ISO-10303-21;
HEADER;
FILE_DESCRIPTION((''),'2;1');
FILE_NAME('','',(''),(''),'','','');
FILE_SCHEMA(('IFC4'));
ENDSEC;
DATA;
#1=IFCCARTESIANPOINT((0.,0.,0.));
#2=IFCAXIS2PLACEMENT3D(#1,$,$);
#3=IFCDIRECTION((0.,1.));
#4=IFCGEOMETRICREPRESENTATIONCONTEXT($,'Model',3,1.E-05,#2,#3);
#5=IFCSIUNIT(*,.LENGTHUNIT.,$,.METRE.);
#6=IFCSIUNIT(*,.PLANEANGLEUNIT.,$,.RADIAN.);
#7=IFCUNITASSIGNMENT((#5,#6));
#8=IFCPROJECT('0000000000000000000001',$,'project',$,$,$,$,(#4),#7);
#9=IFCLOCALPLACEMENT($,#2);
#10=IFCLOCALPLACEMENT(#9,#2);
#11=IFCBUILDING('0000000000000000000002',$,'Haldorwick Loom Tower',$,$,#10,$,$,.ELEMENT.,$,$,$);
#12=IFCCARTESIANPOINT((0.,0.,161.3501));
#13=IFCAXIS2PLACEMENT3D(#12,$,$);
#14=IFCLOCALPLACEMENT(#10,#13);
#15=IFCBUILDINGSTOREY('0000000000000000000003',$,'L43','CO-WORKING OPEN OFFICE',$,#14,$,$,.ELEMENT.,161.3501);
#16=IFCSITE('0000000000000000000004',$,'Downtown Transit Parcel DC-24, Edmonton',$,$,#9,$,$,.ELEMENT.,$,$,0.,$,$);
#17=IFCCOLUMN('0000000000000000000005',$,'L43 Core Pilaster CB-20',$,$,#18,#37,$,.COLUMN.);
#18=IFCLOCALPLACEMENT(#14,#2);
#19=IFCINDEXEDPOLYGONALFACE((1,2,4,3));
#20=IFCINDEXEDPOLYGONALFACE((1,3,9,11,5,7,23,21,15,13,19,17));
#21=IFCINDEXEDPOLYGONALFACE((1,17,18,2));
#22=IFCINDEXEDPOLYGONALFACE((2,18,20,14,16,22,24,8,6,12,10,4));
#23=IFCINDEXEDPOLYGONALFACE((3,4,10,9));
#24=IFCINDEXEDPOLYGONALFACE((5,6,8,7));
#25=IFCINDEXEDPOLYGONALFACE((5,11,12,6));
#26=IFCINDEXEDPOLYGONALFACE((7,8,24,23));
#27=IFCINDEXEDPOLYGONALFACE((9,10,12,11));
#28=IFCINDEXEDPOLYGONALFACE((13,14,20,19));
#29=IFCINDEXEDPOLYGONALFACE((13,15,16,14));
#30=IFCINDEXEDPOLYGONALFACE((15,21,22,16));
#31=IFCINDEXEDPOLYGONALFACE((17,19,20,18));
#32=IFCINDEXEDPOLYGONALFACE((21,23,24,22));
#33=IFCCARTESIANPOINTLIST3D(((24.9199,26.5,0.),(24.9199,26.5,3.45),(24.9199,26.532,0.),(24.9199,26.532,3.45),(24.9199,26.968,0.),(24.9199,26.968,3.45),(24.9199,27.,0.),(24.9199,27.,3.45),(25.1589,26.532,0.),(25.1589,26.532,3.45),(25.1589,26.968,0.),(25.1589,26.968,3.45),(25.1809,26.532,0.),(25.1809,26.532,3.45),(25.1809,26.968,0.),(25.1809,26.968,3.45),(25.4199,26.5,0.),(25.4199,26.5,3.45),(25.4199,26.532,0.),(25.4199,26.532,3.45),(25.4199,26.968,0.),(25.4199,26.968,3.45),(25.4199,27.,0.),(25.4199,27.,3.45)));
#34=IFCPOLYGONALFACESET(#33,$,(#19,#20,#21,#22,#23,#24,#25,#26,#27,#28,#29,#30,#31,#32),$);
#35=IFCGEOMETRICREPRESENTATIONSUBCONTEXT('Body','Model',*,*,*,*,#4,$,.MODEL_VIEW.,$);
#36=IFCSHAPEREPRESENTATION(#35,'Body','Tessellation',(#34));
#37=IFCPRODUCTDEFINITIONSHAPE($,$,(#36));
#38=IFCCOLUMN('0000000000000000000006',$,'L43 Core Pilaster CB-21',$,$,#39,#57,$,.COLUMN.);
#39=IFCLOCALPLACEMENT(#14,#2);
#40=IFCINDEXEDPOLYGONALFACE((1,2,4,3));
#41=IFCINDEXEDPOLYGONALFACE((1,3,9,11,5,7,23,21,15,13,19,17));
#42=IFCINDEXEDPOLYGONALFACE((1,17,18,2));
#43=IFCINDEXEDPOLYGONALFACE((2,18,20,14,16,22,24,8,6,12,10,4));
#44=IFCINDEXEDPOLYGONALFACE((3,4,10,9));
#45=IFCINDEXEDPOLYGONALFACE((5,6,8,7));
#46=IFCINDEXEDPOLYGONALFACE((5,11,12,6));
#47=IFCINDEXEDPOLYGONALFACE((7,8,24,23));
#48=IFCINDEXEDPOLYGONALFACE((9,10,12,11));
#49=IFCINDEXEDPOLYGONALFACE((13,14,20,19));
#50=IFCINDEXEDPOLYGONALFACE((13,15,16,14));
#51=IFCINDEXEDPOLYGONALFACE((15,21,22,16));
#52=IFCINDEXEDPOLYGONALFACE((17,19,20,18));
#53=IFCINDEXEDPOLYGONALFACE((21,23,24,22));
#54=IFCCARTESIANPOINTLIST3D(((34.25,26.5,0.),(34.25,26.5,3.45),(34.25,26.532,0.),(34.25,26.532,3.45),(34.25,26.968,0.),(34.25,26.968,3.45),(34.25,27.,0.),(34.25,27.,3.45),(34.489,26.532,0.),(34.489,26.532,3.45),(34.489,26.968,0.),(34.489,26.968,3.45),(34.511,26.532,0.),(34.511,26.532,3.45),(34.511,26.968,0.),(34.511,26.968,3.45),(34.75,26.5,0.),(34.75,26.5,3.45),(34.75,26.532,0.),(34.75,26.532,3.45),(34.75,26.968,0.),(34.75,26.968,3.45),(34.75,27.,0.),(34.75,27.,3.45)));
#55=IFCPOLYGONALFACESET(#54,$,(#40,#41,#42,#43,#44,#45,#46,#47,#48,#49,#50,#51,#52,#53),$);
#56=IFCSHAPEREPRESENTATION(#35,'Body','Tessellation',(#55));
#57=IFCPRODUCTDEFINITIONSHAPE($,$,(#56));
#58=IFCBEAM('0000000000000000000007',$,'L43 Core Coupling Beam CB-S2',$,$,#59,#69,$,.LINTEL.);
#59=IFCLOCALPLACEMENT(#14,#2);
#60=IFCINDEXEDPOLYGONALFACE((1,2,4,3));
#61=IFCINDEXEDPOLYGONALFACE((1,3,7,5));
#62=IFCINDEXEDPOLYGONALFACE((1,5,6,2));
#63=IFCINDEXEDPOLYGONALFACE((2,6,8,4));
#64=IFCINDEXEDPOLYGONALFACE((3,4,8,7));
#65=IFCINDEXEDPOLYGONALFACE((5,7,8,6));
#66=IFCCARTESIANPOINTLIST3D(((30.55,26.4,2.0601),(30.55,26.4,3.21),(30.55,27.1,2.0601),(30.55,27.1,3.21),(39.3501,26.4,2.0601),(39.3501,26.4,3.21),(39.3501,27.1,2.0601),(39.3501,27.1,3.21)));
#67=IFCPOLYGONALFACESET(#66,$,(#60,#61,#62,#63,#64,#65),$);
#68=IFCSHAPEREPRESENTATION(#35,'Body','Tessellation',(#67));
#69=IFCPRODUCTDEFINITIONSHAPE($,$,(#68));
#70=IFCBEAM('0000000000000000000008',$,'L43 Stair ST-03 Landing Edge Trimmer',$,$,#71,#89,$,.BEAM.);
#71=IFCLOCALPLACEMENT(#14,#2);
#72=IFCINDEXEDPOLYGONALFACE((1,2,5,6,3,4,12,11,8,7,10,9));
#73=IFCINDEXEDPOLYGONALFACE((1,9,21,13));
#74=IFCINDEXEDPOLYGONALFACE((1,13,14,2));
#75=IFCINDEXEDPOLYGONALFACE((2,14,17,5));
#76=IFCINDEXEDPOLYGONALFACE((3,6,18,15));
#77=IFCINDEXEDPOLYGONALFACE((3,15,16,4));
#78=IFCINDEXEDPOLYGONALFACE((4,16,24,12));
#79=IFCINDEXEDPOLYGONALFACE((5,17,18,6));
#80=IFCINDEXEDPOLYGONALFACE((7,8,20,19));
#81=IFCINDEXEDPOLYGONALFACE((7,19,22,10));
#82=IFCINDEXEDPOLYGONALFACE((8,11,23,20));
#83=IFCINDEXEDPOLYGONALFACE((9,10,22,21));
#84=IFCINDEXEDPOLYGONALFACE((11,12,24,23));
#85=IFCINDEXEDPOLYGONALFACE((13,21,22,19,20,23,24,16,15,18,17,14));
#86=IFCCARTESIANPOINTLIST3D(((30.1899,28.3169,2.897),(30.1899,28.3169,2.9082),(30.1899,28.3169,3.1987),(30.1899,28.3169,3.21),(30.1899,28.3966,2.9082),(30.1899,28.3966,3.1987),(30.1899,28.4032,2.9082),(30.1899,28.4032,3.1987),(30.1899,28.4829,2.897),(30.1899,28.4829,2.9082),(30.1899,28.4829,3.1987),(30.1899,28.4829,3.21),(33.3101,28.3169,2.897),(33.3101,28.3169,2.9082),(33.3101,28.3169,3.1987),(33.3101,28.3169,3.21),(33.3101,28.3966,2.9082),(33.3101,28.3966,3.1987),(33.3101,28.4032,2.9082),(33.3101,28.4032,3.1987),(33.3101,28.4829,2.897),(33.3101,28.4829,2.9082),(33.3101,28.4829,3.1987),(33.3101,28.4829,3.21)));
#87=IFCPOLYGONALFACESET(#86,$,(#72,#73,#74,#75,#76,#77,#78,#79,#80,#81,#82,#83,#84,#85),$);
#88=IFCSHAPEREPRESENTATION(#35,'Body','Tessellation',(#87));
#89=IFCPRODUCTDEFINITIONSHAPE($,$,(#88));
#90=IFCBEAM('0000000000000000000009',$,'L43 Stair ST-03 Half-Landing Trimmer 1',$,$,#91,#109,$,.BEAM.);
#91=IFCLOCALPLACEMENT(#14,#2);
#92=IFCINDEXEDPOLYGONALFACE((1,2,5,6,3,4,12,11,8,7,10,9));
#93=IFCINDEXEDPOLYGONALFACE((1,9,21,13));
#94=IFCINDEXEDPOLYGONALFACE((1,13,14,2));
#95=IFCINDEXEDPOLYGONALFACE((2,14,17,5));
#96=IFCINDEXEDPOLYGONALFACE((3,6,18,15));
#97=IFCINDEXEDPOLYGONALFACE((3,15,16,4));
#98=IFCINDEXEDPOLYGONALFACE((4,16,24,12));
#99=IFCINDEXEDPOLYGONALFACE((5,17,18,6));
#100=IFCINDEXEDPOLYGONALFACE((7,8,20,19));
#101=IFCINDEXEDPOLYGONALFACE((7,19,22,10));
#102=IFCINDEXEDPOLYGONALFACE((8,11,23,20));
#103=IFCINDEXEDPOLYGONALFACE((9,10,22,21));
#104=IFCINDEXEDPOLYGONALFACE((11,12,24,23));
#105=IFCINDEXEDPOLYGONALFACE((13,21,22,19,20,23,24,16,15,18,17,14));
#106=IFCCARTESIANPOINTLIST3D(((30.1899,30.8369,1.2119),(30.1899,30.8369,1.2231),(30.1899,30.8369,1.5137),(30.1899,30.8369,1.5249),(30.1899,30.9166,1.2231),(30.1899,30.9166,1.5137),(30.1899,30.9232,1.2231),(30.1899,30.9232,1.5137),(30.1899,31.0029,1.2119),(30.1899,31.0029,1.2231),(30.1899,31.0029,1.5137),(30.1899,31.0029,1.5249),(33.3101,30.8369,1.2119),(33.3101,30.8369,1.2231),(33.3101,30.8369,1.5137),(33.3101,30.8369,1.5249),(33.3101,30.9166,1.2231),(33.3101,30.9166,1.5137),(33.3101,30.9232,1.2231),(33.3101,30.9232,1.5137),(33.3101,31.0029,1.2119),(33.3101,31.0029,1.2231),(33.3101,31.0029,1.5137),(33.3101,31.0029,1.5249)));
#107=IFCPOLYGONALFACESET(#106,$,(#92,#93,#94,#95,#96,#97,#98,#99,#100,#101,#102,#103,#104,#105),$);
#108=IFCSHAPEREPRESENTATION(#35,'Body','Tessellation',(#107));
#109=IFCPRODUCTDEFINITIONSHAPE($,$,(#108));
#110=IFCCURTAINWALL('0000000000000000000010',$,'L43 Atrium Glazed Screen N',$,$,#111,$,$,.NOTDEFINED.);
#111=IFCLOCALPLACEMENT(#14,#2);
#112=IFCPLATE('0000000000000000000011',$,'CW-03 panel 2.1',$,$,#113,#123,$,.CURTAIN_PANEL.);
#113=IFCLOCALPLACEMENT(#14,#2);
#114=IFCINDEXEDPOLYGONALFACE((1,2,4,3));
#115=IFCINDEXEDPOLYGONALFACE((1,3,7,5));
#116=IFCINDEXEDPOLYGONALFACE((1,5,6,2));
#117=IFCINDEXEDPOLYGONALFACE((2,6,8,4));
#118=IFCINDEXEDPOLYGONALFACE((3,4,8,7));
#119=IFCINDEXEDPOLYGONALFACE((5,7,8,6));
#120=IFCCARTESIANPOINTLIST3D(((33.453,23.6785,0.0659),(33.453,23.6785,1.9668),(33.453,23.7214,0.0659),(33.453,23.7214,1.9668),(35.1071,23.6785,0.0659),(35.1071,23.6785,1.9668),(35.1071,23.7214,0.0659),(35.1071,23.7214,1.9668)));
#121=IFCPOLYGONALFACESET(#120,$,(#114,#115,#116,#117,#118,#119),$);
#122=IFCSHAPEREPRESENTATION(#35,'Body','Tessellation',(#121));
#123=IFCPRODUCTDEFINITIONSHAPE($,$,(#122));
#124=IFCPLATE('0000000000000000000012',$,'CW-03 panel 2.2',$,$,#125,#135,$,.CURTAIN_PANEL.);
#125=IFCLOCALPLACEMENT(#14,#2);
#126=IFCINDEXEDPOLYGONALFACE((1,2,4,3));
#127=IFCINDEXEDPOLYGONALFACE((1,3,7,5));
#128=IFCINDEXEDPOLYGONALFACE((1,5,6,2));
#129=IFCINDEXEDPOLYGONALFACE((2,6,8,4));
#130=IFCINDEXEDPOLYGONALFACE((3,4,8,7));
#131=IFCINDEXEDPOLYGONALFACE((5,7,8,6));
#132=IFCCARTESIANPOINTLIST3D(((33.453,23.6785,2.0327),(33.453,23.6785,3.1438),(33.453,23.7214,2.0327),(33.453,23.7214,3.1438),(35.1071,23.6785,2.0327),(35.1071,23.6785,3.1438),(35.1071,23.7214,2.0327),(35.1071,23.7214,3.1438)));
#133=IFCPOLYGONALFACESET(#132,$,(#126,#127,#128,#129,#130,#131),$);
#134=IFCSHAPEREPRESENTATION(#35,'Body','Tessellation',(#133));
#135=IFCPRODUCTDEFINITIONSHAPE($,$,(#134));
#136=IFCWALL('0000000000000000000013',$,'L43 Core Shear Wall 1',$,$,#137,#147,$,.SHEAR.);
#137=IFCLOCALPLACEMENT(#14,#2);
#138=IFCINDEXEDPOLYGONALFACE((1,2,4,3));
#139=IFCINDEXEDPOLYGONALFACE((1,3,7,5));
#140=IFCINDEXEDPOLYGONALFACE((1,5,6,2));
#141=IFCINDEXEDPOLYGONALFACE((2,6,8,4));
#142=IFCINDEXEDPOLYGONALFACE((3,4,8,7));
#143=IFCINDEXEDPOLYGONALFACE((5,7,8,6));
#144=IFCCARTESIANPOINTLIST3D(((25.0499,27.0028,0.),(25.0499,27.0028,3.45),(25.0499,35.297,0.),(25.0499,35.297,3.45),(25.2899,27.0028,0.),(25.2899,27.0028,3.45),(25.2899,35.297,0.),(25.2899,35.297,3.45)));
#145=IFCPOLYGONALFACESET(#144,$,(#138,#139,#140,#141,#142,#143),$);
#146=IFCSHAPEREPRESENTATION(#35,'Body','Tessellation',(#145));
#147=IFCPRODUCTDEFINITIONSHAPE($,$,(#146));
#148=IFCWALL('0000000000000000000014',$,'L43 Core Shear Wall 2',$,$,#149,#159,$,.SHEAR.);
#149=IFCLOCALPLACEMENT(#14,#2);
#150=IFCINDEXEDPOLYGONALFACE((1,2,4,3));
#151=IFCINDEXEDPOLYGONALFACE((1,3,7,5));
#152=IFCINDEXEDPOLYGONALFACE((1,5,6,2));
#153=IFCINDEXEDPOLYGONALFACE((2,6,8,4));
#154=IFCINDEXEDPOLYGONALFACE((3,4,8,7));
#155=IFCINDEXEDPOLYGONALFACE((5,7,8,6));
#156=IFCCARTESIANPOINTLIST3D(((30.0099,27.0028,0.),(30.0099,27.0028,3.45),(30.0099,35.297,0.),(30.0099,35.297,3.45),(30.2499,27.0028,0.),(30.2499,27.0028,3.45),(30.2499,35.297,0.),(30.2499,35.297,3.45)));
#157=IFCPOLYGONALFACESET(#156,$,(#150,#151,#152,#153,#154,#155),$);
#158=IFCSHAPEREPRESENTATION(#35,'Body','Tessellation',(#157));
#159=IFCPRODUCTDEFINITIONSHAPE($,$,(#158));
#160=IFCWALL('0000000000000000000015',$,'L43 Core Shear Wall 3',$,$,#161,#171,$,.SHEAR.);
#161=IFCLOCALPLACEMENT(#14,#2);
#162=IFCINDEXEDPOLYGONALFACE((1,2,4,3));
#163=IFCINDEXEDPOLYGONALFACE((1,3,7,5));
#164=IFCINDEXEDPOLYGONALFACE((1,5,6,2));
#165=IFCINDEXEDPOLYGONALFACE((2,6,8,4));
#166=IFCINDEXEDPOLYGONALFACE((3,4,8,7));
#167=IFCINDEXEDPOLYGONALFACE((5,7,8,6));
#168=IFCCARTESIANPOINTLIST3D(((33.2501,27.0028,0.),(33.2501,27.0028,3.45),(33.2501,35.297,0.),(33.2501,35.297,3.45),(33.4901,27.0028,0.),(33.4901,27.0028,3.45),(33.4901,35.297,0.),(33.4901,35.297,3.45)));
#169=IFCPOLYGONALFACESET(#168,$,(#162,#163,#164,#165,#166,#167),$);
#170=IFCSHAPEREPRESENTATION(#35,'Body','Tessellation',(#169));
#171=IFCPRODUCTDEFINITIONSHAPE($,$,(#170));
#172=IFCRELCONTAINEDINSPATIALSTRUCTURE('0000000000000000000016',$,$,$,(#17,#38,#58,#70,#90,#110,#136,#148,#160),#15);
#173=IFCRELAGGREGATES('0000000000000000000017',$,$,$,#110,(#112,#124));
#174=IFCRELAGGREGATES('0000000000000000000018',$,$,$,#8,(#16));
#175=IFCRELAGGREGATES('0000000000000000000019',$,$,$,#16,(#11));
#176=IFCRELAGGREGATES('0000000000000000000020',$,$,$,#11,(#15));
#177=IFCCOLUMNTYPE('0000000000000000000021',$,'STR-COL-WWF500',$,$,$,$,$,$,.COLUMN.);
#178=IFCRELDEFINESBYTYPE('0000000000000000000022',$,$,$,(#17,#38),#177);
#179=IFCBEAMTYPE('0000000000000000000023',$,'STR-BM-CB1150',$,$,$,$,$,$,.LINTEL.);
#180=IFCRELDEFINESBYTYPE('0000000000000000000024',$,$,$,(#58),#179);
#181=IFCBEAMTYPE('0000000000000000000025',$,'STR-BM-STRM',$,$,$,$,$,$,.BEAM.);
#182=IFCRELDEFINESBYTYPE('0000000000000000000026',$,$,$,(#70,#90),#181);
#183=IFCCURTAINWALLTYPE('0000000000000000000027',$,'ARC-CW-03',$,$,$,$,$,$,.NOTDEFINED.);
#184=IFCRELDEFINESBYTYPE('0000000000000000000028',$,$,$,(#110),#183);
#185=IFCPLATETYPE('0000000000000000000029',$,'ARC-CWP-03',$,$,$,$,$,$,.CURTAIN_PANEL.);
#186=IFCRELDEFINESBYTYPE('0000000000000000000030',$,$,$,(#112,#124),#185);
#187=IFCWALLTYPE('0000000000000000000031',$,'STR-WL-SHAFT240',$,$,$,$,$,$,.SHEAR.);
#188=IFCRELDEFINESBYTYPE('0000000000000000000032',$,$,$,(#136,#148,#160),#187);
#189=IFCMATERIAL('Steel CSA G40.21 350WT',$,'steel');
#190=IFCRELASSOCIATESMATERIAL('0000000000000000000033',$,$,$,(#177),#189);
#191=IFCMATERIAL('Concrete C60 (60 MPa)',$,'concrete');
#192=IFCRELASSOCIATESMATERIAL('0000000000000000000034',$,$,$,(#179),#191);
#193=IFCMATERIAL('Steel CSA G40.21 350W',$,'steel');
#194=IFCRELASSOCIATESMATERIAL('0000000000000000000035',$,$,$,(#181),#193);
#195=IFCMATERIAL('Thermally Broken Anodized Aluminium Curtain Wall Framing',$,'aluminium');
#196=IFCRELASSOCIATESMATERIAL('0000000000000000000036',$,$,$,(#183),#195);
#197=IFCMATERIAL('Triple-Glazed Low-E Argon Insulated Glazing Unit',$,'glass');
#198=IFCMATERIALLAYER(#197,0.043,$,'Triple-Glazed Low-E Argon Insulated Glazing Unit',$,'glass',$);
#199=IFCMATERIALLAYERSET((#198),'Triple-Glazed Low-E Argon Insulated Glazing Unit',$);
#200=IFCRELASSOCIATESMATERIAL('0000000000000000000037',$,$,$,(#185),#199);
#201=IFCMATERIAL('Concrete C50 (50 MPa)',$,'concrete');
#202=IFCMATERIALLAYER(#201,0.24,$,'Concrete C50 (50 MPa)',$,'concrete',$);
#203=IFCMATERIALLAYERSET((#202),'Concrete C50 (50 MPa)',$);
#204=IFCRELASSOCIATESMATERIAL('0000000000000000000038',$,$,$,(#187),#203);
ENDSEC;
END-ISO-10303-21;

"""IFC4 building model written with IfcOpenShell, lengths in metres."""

from ifc_helpers import new_model, si_unit, direction, frame, frame_2d, origin, origin_2d, place, context, subcontext, project, spatial, rectangle, i_section, extrude, material, layer, layer_set, material_profile, profile_set, type_object, element, aggregate, save


model = new_model("IFC4")

# Units and contexts
model_context = context("Model", 3, precision=1e-05, world=origin(), true_north=direction((0.0, 1.0)))
body_context = subcontext(model_context, "Body", "Model", "MODEL_VIEW")
ifc_project = project(units=[si_unit("LENGTHUNIT", "METRE"), si_unit("PLANEANGLEUNIT", "RADIAN")], contexts=[model_context])

# Site, building, storey
site_placement = place(None, origin())
site = spatial("IfcSite", under=ifc_project, at=site_placement, Name="Downtown Transit Parcel DC-24, Edmonton", CompositionType="ELEMENT", RefElevation=0.0)
building_placement = place(site_placement, origin())
building = spatial("IfcBuilding", under=site, at=building_placement, Name="Haldorwick Loom Tower", CompositionType="ELEMENT")
storey_placement = place(building_placement, frame((0.0, 0.0, 161.3501)))
storey = spatial("IfcBuildingStorey", under=building, at=storey_placement, Name="L43", Description="CO-WORKING OPEN OFFICE", CompositionType="ELEMENT", Elevation=161.3501)

# Columns
ifc_material_1 = material(Name="Steel CSA G40.21 350WT", Category="steel")
ifc_material_profile_1 = material_profile(ifc_material_1, i_section(OverallWidth=0.5, OverallDepth=0.5, WebThickness=0.022, FlangeThickness=0.032, at=origin_2d()), Name="WWF500X500", Category="steel")
ifc_profile_set_1 = profile_set([ifc_material_profile_1], Name="Steel CSA G40.21 350WT")
column_type = type_object("IfcColumnType", Name="STR-COL-WWF500", PredefinedType="COLUMN", material=ifc_profile_set_1)
for number, where, z_axis, x_axis, name in (
    (1, (25.1699, 26.75, 0.0), (0.0, 0.0, 1.0), (1.0, 0.0, 0.0), "L43 Core Pilaster CB-20"),
    (2, (34.5, 26.75, 0.0), (0.0, 0.0, 1.0), (1.0, 0.0, 0.0), "L43 Core Pilaster CB-21"),
):
    element("IfcColumn", number, at=place(storey_placement, frame(where, z_axis=z_axis, x_axis=x_axis)), inside=storey, type_object=column_type, Name=name, PredefinedType="COLUMN", context=body_context, shape_type="SweptSolid", body=[
        extrude(i_section(OverallWidth=0.5, OverallDepth=0.5, WebThickness=0.022, FlangeThickness=0.032, at=origin_2d()), origin(), (0.0, 0.0, 1.0), 3.45),
    ])

# Beams
ifc_material_2 = material(Name="Concrete C60 (60 MPa)", Category="concrete")
ifc_material_profile_2 = material_profile(ifc_material_2, rectangle(XDim=0.7, YDim=1.1499, at=origin_2d()), Name="RC700X1150", Category="concrete")
ifc_profile_set_2 = profile_set([ifc_material_profile_2], Name="Concrete C60 (60 MPa)")
beam_type_1 = type_object("IfcBeamType", Name="STR-BM-CB1150", PredefinedType="LINTEL", material=ifc_profile_set_2)
beam_placement = place(storey_placement, frame((30.55, 26.75, 2.635), z_axis=(1.0, 0.0, 0.0), x_axis=(0.0, 1.0, 0.0)))
element("IfcBeam", 3, at=beam_placement, inside=storey, type_object=beam_type_1, Name="L43 Core Coupling Beam CB-S2", PredefinedType="LINTEL", context=body_context, shape_type="SweptSolid", body=[
    extrude(rectangle(XDim=0.7, YDim=1.1499, at=origin_2d()), origin(), (0.0, 0.0, 1.0), 8.8),
])
ifc_material_3 = material(Name="Steel CSA G40.21 350W", Category="steel")
ifc_material_profile_3 = material_profile(ifc_material_3, i_section(OverallWidth=0.166, OverallDepth=0.313, WebThickness=0.0066, FlangeThickness=0.0112, at=origin_2d()), Name="W310X45", Category="steel")
ifc_profile_set_3 = profile_set([ifc_material_profile_3], Name="Steel CSA G40.21 350W")
beam_type_2 = type_object("IfcBeamType", Name="STR-BM-STRM", PredefinedType="BEAM", material=ifc_profile_set_3)
for number, where, z_axis, x_axis, name in (
    (4, (30.1899, 28.3999, 3.0535), (1.0, 0.0, 0.0), (0.0, 1.0, 0.0), "L43 Stair ST-03 Landing Edge Trimmer"),
    (5, (30.1899, 30.9199, 1.3684), (1.0, 0.0, 0.0), (0.0, 1.0, 0.0), "L43 Stair ST-03 Half-Landing Trimmer 1"),
):
    element("IfcBeam", number, at=place(storey_placement, frame(where, z_axis=z_axis, x_axis=x_axis)), inside=storey, type_object=beam_type_2, Name=name, PredefinedType="BEAM", context=body_context, shape_type="SweptSolid", body=[
        extrude(i_section(OverallWidth=0.166, OverallDepth=0.313, WebThickness=0.0066, FlangeThickness=0.0112, at=origin_2d()), origin(), (0.0, 0.0, 1.0), 3.1201),
    ])

# Curtain wall, plates
ifc_material_4 = material(Name="Thermally Broken Anodized Aluminium Curtain Wall Framing", Category="aluminium")
curtain_wall_type = type_object("IfcCurtainWallType", Name="ARC-CW-03", PredefinedType="NOTDEFINED", material=ifc_material_4)
curtain_wall_placement = place(storey_placement, origin())
curtain_wall = element("IfcCurtainWall", 6, at=curtain_wall_placement, inside=storey, type_object=curtain_wall_type, Name="L43 Atrium Glazed Screen N", PredefinedType="NOTDEFINED")
ifc_material_5 = material(Name="Triple-Glazed Low-E Argon Insulated Glazing Unit", Category="glass")
ifc_layer_1 = layer(ifc_material_5, 0.043, Name="Triple-Glazed Low-E Argon Insulated Glazing Unit", Category="glass")
ifc_layer_set_1 = layer_set([ifc_layer_1], Name="Triple-Glazed Low-E Argon Insulated Glazing Unit")
plate_type = type_object("IfcPlateType", Name="ARC-CWP-03", PredefinedType="CURTAIN_PANEL", material=ifc_layer_set_1)
plate_1_placement = place(storey_placement, frame((34.28, 23.7, 0.0659), z_axis=(0.0, 0.0, 1.0), x_axis=(1.0, 0.0, 0.0)))
plate_1 = element("IfcPlate", 7, at=plate_1_placement, type_object=plate_type, Name="CW-03 panel 2.1", PredefinedType="CURTAIN_PANEL", context=body_context, shape_type="SweptSolid", body=[
    extrude(rectangle(XDim=1.6541, YDim=0.043, at=origin_2d()), origin(), (0.0, 0.0, 1.0), 1.9009),
])
plate_2_placement = place(storey_placement, frame((34.28, 23.7, 2.0327), z_axis=(0.0, 0.0, 1.0), x_axis=(1.0, 0.0, 0.0)))
plate_2 = element("IfcPlate", 8, at=plate_2_placement, type_object=plate_type, Name="CW-03 panel 2.2", PredefinedType="CURTAIN_PANEL", context=body_context, shape_type="SweptSolid", body=[
    extrude(rectangle(XDim=1.6541, YDim=0.043, at=origin_2d()), origin(), (0.0, 0.0, 1.0), 1.1111),
])
aggregate(curtain_wall, [plate_1, plate_2])

# Walls
ifc_material_6 = material(Name="Concrete C50 (50 MPa)", Category="concrete")
ifc_layer_2 = layer(ifc_material_6, 0.24, Name="Concrete C50 (50 MPa)", Category="concrete")
ifc_layer_set_2 = layer_set([ifc_layer_2], Name="Concrete C50 (50 MPa)")
wall_type = type_object("IfcWallType", Name="STR-WL-SHAFT240", PredefinedType="SHEAR", material=ifc_layer_set_2)
for number, where, z_axis, x_axis, name in (
    (9, (25.1699, 27.0029, 0.0), (0.0, 0.0, 1.0), (0.0, 1.0, 0.0), "L43 Core Shear Wall 1"),
    (10, (30.1299, 27.0029, 0.0), (0.0, 0.0, 1.0), (0.0, 1.0, 0.0), "L43 Core Shear Wall 2"),
    (11, (33.3701, 27.0029, 0.0), (0.0, 0.0, 1.0), (0.0, 1.0, 0.0), "L43 Core Shear Wall 3"),
):
    element("IfcWall", number, at=place(storey_placement, frame(where, z_axis=z_axis, x_axis=x_axis)), inside=storey, type_object=wall_type, Name=name, PredefinedType="SHEAR", context=body_context, shape_type="SweptSolid", body=[
        extrude(rectangle(XDim=8.2942, YDim=0.24, at=frame_2d((4.147, 0.0))), origin(), (0.0, 0.0, 1.0), 3.45),
    ])

save(model, "model.ifc")
